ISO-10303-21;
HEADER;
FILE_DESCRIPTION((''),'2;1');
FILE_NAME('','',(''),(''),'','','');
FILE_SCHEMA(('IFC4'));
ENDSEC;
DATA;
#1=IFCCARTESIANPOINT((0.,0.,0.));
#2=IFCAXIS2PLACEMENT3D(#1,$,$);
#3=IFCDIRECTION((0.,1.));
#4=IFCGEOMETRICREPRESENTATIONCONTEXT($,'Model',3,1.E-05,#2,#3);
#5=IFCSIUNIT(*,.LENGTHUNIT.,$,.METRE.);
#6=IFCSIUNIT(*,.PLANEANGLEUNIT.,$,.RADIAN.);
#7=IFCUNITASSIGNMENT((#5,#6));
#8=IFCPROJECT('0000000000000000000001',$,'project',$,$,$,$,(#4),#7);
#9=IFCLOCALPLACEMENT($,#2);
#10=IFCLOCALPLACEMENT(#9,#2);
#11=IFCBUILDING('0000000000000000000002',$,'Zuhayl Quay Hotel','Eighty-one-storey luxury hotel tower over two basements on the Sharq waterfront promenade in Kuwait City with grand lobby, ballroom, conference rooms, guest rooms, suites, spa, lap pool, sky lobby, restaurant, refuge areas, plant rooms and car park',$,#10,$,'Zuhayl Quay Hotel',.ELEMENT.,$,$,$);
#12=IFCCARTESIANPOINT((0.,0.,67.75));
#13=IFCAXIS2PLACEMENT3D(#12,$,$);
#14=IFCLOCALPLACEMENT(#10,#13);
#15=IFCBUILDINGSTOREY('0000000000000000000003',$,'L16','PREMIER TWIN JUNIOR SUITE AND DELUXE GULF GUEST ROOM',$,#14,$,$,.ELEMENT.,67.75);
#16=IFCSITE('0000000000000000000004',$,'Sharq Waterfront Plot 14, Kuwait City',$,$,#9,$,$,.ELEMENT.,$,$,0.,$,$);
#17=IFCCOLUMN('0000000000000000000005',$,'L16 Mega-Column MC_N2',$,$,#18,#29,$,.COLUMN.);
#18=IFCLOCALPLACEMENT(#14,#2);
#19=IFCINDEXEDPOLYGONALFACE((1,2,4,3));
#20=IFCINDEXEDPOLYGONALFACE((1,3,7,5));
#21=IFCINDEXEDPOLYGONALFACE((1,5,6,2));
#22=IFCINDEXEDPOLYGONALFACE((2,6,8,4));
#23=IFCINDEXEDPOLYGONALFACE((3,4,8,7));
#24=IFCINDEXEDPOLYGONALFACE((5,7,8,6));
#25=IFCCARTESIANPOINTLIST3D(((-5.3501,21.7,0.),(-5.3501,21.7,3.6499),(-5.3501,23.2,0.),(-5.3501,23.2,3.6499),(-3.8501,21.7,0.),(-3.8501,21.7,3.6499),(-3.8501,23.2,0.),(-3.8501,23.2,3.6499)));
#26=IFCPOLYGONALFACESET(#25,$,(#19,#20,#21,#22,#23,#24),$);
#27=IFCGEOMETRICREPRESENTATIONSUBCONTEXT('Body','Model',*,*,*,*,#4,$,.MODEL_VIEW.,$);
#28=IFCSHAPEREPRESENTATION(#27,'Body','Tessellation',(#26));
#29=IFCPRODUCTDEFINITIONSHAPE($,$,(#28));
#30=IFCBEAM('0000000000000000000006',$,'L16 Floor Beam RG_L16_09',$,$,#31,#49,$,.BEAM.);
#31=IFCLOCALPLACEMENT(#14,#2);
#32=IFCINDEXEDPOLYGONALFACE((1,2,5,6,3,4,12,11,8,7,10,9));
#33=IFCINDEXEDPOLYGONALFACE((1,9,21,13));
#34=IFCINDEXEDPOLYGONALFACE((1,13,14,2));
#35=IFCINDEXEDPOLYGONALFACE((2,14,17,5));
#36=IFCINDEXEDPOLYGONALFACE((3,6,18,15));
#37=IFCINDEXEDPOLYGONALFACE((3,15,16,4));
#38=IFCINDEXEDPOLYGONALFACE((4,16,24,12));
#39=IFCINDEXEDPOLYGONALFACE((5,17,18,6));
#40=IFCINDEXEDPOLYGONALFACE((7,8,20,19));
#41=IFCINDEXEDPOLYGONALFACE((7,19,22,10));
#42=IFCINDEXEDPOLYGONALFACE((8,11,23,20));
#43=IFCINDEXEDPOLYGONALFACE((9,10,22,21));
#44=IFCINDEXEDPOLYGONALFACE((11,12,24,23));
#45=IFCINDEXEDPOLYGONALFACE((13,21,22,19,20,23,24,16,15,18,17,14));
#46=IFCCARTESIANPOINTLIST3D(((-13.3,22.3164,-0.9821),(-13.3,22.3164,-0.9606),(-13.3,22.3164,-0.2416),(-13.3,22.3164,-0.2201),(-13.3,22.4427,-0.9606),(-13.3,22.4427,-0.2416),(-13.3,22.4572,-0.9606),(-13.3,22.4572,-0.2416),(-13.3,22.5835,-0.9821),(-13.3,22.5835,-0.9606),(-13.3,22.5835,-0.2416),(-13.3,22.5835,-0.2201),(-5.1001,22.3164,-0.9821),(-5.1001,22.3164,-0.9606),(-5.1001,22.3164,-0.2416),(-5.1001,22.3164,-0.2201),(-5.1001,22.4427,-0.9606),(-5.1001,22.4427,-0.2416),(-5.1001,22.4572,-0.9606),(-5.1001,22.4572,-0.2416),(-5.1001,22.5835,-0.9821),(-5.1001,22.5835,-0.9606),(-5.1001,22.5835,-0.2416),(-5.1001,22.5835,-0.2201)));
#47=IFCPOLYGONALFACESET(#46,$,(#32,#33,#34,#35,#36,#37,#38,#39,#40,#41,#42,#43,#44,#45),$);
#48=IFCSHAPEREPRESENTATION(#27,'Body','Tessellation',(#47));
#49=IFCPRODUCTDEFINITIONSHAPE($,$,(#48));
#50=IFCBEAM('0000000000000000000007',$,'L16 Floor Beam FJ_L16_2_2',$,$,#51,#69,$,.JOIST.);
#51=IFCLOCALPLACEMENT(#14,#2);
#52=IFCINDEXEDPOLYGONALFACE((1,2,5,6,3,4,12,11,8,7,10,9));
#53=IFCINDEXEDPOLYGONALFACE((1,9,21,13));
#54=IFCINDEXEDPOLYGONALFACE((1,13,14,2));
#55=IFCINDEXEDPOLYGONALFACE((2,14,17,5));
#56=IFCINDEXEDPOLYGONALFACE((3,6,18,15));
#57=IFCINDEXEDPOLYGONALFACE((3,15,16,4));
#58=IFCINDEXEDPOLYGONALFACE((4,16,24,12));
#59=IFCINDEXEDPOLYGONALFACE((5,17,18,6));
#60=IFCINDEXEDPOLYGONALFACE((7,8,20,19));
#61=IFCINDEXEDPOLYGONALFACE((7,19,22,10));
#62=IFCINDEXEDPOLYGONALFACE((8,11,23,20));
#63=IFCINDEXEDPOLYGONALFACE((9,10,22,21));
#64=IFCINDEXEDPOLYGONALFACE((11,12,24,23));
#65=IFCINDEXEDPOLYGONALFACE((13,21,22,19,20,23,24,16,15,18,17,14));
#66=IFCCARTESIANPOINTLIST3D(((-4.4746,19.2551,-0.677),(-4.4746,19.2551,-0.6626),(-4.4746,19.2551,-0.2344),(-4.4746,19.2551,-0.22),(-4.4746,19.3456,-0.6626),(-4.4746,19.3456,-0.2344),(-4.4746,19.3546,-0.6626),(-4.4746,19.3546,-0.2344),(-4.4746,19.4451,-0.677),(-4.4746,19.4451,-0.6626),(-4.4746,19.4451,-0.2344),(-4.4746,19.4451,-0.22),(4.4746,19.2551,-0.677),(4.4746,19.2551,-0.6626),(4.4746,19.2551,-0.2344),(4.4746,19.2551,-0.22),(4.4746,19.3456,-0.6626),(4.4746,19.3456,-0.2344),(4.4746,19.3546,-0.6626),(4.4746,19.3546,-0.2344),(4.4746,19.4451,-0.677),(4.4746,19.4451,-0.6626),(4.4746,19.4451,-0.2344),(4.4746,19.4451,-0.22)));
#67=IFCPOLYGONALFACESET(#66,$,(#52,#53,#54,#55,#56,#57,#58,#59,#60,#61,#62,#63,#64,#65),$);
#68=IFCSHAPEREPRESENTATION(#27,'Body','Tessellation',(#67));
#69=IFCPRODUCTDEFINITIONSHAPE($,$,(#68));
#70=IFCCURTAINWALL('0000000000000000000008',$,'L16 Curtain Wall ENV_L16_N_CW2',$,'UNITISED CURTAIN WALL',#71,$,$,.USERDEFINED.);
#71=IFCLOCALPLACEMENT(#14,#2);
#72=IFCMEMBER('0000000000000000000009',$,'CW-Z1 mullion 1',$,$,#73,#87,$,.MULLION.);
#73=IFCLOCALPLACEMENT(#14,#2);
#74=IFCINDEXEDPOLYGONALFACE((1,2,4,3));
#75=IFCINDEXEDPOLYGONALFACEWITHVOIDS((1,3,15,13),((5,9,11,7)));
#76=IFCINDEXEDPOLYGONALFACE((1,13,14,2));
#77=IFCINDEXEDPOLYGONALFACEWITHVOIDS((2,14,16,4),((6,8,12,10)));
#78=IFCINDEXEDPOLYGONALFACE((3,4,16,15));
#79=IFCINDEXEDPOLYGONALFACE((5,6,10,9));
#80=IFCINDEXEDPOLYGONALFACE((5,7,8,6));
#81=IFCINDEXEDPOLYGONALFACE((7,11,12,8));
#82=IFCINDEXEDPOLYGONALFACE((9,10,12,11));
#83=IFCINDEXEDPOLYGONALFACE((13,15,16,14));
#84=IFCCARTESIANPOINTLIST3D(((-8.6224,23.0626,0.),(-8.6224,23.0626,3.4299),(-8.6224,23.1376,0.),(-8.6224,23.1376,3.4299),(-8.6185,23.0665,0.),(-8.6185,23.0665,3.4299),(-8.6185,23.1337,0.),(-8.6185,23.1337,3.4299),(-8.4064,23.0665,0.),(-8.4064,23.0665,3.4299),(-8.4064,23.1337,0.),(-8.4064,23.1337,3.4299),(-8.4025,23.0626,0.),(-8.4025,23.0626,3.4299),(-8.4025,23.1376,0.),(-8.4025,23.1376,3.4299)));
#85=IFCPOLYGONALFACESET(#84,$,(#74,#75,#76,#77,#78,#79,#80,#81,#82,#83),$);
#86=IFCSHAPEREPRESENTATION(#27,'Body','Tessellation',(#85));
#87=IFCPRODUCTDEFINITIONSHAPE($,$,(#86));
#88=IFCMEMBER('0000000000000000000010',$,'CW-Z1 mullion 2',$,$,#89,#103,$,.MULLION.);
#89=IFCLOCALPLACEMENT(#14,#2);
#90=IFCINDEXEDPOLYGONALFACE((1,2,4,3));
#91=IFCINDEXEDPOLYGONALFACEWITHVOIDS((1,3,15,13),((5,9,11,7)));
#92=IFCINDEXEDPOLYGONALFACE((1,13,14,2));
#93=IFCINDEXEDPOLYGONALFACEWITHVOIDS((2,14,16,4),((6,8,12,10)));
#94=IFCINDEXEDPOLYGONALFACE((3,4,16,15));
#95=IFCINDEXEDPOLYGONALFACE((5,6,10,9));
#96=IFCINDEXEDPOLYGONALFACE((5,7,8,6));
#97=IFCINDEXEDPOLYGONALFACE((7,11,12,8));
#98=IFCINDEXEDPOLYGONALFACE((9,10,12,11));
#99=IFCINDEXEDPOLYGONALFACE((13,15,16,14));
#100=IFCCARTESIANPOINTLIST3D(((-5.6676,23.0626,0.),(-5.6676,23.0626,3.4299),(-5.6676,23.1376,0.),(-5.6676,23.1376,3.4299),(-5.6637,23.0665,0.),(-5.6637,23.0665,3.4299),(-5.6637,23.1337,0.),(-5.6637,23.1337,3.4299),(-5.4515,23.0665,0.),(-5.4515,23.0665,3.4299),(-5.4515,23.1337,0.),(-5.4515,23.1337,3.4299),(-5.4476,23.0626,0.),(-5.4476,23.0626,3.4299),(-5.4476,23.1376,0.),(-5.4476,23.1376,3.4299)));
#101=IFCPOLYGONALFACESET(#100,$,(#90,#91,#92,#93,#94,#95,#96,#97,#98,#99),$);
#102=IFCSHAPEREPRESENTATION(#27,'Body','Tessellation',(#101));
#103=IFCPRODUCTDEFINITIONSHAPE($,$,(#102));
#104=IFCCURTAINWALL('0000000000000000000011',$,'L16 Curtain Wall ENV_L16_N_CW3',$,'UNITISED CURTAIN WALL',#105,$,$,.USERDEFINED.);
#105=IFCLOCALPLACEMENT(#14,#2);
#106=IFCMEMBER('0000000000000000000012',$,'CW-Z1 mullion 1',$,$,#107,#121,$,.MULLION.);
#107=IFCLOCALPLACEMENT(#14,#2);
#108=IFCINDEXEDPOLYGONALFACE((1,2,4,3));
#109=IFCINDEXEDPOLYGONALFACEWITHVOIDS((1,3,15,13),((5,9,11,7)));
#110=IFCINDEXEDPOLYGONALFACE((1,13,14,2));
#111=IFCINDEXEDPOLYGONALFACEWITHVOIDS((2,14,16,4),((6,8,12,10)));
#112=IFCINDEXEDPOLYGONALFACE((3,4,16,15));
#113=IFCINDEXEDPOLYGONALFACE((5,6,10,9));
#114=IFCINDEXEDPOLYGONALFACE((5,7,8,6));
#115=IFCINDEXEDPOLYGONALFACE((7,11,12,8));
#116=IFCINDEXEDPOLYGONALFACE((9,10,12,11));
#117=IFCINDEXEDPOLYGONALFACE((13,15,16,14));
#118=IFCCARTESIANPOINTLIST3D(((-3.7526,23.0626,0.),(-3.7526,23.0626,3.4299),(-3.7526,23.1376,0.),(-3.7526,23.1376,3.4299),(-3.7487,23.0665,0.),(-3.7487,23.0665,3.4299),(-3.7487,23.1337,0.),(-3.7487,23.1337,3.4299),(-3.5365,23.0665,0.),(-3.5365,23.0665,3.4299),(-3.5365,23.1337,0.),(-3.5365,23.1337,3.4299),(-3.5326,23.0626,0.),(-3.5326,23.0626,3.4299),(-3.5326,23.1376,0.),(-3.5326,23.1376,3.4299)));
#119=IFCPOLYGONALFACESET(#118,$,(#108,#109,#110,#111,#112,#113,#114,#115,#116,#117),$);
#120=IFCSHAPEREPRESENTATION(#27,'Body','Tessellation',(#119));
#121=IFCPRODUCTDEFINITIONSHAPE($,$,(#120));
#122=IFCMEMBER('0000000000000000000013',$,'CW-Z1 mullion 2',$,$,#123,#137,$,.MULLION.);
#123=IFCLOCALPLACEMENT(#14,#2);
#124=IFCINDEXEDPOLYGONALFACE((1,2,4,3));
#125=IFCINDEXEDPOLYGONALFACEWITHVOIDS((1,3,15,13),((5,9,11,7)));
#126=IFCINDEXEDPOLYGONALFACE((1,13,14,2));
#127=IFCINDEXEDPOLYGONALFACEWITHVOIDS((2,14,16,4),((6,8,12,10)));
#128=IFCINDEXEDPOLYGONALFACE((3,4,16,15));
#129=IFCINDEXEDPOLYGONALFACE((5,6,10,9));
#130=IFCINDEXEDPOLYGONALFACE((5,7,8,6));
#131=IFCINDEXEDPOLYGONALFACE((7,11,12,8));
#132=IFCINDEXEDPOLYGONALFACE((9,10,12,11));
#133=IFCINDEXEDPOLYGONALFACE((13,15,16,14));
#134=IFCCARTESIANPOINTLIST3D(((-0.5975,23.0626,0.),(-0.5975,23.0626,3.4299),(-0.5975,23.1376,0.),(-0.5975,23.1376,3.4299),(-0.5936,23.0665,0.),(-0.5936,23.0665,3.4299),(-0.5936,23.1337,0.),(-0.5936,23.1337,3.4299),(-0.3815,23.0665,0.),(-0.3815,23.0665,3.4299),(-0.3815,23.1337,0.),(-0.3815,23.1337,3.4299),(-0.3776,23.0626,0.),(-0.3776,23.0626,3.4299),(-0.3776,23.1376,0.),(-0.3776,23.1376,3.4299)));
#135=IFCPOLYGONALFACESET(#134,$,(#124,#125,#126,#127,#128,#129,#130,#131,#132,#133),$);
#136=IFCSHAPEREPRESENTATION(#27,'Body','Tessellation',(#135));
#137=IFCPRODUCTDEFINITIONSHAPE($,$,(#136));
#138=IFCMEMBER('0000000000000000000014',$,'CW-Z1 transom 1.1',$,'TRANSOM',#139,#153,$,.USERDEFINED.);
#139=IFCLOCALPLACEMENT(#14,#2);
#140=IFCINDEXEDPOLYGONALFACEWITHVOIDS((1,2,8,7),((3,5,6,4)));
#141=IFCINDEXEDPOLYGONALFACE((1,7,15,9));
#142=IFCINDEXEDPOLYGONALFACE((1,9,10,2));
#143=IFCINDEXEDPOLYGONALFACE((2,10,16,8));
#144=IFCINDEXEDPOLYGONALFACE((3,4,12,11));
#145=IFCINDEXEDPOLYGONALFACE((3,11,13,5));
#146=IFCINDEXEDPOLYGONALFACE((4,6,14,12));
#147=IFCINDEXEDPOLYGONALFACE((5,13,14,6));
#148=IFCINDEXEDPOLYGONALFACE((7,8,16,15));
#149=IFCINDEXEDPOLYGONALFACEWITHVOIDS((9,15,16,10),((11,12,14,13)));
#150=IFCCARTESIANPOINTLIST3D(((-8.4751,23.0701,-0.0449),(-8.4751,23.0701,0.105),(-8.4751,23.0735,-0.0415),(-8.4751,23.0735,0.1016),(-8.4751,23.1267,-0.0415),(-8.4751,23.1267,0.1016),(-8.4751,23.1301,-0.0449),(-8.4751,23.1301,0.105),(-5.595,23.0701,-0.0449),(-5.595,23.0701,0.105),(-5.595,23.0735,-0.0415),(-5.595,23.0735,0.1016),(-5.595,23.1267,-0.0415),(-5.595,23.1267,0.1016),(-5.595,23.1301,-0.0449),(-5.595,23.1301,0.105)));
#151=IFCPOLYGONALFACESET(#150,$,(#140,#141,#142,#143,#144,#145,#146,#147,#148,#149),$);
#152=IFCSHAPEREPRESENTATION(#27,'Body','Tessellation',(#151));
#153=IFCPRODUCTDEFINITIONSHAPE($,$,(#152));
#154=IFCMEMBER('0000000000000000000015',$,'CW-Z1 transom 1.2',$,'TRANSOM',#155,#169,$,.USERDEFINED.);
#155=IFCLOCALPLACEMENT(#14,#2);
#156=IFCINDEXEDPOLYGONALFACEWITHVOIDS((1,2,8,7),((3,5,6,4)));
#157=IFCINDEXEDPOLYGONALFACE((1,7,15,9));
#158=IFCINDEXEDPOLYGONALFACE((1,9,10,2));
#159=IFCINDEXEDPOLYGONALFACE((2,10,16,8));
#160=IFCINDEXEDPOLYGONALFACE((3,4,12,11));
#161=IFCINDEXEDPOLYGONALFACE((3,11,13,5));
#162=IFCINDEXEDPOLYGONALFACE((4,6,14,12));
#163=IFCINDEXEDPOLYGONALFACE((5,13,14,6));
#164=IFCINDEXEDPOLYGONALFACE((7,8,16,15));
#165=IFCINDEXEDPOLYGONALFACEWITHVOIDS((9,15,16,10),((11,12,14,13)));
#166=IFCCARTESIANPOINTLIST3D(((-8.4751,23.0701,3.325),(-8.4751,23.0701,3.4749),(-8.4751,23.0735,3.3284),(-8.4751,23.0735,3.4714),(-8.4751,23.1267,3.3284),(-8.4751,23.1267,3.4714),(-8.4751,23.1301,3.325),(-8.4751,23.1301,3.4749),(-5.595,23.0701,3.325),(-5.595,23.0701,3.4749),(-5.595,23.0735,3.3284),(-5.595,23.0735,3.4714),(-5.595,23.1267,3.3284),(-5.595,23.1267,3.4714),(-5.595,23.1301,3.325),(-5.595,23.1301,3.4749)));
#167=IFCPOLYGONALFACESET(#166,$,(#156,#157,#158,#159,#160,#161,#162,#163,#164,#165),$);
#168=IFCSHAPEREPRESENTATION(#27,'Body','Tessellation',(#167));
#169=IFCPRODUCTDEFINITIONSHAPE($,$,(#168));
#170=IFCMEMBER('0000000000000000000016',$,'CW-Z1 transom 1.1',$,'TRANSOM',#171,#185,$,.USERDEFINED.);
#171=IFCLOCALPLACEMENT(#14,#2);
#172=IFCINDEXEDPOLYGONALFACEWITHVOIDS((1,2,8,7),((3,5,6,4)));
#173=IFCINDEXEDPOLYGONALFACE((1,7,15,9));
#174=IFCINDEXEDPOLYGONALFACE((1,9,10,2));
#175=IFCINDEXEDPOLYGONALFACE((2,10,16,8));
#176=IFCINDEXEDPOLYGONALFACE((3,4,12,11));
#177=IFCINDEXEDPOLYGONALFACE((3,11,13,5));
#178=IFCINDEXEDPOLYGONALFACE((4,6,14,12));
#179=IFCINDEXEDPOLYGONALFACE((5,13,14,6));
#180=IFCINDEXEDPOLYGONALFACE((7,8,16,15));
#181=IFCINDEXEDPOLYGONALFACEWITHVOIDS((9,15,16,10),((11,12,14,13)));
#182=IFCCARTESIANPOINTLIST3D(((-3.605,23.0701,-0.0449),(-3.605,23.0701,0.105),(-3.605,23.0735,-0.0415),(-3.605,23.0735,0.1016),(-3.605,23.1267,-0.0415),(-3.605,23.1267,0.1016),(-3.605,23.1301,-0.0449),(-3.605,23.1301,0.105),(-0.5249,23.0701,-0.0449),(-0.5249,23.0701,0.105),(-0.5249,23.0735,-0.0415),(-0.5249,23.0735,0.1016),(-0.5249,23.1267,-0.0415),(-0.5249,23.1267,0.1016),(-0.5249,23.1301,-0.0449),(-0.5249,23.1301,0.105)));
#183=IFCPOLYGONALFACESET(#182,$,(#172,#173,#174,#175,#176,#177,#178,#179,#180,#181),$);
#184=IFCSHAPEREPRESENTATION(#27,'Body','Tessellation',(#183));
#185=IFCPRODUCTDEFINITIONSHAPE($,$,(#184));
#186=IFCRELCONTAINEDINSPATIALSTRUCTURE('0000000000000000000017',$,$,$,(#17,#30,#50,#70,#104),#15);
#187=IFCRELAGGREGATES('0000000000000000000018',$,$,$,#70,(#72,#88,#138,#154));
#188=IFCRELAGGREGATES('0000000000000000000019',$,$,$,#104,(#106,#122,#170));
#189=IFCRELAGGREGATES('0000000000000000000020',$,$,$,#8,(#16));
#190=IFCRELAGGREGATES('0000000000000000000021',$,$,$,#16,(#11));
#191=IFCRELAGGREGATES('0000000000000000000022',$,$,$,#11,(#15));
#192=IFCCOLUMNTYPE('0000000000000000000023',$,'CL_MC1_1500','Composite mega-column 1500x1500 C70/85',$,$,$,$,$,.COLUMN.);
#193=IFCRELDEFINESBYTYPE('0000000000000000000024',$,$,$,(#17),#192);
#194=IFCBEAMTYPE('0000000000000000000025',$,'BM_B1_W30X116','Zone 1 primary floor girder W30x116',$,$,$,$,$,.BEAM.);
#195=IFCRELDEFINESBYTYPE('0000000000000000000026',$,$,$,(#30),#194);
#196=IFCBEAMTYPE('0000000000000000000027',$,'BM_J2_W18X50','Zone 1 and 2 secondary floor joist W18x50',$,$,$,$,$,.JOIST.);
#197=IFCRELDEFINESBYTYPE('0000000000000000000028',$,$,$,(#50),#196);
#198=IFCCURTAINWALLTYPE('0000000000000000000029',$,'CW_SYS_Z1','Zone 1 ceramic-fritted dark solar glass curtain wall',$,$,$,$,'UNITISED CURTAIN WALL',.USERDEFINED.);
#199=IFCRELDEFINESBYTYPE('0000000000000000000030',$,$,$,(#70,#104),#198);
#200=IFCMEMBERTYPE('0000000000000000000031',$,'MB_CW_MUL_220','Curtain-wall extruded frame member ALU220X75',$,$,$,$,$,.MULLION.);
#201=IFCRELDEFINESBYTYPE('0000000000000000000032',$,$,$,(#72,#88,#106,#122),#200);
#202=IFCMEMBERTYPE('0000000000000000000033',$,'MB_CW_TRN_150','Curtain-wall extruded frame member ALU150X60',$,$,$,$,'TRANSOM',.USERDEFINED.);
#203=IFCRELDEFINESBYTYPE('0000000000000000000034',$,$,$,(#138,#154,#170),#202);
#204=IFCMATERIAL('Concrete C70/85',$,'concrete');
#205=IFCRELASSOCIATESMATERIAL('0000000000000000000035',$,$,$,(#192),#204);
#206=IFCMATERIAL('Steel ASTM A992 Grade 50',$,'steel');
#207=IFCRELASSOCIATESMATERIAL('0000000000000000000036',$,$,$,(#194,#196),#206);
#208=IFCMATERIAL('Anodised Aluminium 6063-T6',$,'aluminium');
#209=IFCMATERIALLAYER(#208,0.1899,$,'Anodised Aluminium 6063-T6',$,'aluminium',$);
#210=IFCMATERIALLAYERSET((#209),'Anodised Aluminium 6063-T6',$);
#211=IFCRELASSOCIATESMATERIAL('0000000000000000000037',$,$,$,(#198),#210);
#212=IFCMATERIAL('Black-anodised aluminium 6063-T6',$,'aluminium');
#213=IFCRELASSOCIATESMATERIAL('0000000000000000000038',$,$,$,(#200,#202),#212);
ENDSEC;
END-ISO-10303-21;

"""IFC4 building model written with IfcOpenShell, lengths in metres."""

from ifc_helpers import new_model, si_unit, direction, frame, origin, origin_2d, place, context, subcontext, project, spatial, rectangle, hollow_rectangle, i_section, extrude, material, layer, layer_set, material_profile, profile_set, type_object, element, aggregate, save


model = new_model("IFC4")

# Units and contexts
model_context = context("Model", 3, precision=1e-05, world=origin(), true_north=direction((0.0, 1.0)))
body_context = subcontext(model_context, "Body", "Model", "MODEL_VIEW")
ifc_project = project(units=[si_unit("LENGTHUNIT", "METRE"), si_unit("PLANEANGLEUNIT", "RADIAN")], contexts=[model_context])

# Site, building, storey
site_placement = place(None, origin())
site = spatial("IfcSite", under=ifc_project, at=site_placement, Name="Sharq Waterfront Plot 14, Kuwait City", CompositionType="ELEMENT", RefElevation=0.0)
building_placement = place(site_placement, origin())
building = spatial("IfcBuilding", under=site, at=building_placement, Name="Zuhayl Quay Hotel", Description="Eighty-one-storey luxury hotel tower over two basements on the Sharq waterfront promenade in Kuwait City with grand lobby, ballroom, conference rooms, guest rooms, suites, spa, lap pool, sky lobby, restaurant, refuge areas, plant rooms and car park", LongName="Zuhayl Quay Hotel", CompositionType="ELEMENT")
storey_placement = place(building_placement, frame((0.0, 0.0, 67.75)))
storey = spatial("IfcBuildingStorey", under=building, at=storey_placement, Name="L16", Description="PREMIER TWIN JUNIOR SUITE AND DELUXE GULF GUEST ROOM", CompositionType="ELEMENT", Elevation=67.75)

# Column
ifc_material_1 = material(Name="Concrete C70/85", Category="concrete")
ifc_material_profile_1 = material_profile(ifc_material_1, rectangle(XDim=1.5, YDim=1.5, at=origin_2d()), Name="RC1500X1500")
ifc_profile_set_1 = profile_set([ifc_material_profile_1], Name="Concrete C70/85")
column_type = type_object("IfcColumnType", Name="CL_MC1_1500", Description="Composite mega-column 1500x1500 C70/85", PredefinedType="COLUMN", material=ifc_profile_set_1)
column_placement = place(storey_placement, frame((-4.6001, 22.45, 0.0), z_axis=(0.0, 0.0, 1.0), x_axis=(1.0, 0.0, 0.0)))
element("IfcColumn", 1, at=column_placement, inside=storey, type_object=column_type, Name="L16 Mega-Column MC_N2", PredefinedType="COLUMN", context=body_context, shape_type="SweptSolid", body=[
    extrude(rectangle(XDim=1.5, YDim=1.5, at=origin_2d()), origin(), (0.0, 0.0, 1.0), 3.6499),
])

# Beams
ifc_material_2 = material(Name="Steel ASTM A992 Grade 50", Category="steel")
ifc_material_profile_2 = material_profile(ifc_material_2, i_section(OverallWidth=0.2671, OverallDepth=0.762, WebThickness=0.0144, FlangeThickness=0.0215, at=origin_2d()), Name="W30X116")
ifc_profile_set_2 = profile_set([ifc_material_profile_2], Name="Steel ASTM A992 Grade 50")
beam_type_1 = type_object("IfcBeamType", Name="BM_B1_W30X116", Description="Zone 1 primary floor girder W30x116", PredefinedType="BEAM", material=ifc_profile_set_2)
beam_1_placement = place(storey_placement, frame((-5.1001, 22.45, -0.6011), z_axis=(-1.0, 0.0, 0.0), x_axis=(0.0, -1.0, 0.0)))
element("IfcBeam", 2, at=beam_1_placement, inside=storey, type_object=beam_type_1, Name="L16 Floor Beam RG_L16_09", PredefinedType="BEAM", context=body_context, shape_type="SweptSolid", body=[
    extrude(i_section(OverallWidth=0.2671, OverallDepth=0.762, WebThickness=0.0144, FlangeThickness=0.0215, at=origin_2d()), origin(), (0.0, 0.0, 1.0), 8.2),
])
ifc_material_profile_3 = material_profile(ifc_material_2, i_section(OverallWidth=0.1899, OverallDepth=0.457, WebThickness=0.009, FlangeThickness=0.0144, at=origin_2d()), Name="W18X50")
ifc_profile_set_3 = profile_set([ifc_material_profile_3], Name="Steel ASTM A992 Grade 50")
beam_type_2 = type_object("IfcBeamType", Name="BM_J2_W18X50", Description="Zone 1 and 2 secondary floor joist W18x50", PredefinedType="JOIST", material=ifc_profile_set_3)
beam_2_placement = place(storey_placement, frame((-4.4746, 19.3501, -0.4485), z_axis=(1.0, 0.0, 0.0), x_axis=(0.0, 1.0, 0.0)))
element("IfcBeam", 3, at=beam_2_placement, inside=storey, type_object=beam_type_2, Name="L16 Floor Beam FJ_L16_2_2", PredefinedType="JOIST", context=body_context, shape_type="SweptSolid", body=[
    extrude(i_section(OverallWidth=0.1899, OverallDepth=0.457, WebThickness=0.009, FlangeThickness=0.0144, at=origin_2d()), origin(), (0.0, 0.0, 1.0), 8.9492),
])

# Curtain walls, members
ifc_material_3 = material(Name="Anodised Aluminium 6063-T6", Category="aluminium")
ifc_layer_1 = layer(ifc_material_3, 0.1899, Name="Anodised Aluminium 6063-T6", Category="aluminium")
ifc_layer_set_1 = layer_set([ifc_layer_1], Name="Anodised Aluminium 6063-T6")
curtain_wall_type = type_object("IfcCurtainWallType", Name="CW_SYS_Z1", Description="Zone 1 ceramic-fritted dark solar glass curtain wall", ElementType="UNITISED CURTAIN WALL", PredefinedType="USERDEFINED", material=ifc_layer_set_1)
curtain_wall_1_placement = place(storey_placement, origin())
curtain_wall_1 = element("IfcCurtainWall", 4, at=curtain_wall_1_placement, inside=storey, type_object=curtain_wall_type, Name="L16 Curtain Wall ENV_L16_N_CW2", ObjectType="UNITISED CURTAIN WALL", PredefinedType="USERDEFINED")
ifc_material_4 = material(Name="Black-anodised aluminium 6063-T6", Category="aluminium")
ifc_material_profile_4 = material_profile(ifc_material_4, hollow_rectangle(XDim=0.075, YDim=0.22, WallThickness=0.0039, at=origin_2d()), Name="ALU220X75")
ifc_profile_set_4 = profile_set([ifc_material_profile_4], Name="Black-anodised aluminium 6063-T6")
member_type_1 = type_object("IfcMemberType", Name="MB_CW_MUL_220", Description="Curtain-wall extruded frame member ALU220X75", PredefinedType="MULLION", material=ifc_profile_set_4)
member_1_placement = place(storey_placement, frame((-8.5125, 23.1001, 0.0), z_axis=(0.0, 0.0, 1.0), x_axis=(0.0, 1.0, 0.0)))
member_1 = element("IfcMember", 5, at=member_1_placement, type_object=member_type_1, Name="CW-Z1 mullion 1", PredefinedType="MULLION", context=body_context, shape_type="SweptSolid", body=[
    extrude(hollow_rectangle(XDim=0.075, YDim=0.22, WallThickness=0.0039, at=origin_2d()), origin(), (0.0, 0.0, 1.0), 3.4299),
])
member_2_placement = place(storey_placement, frame((-5.5576, 23.1001, 0.0), z_axis=(0.0, 0.0, 1.0), x_axis=(0.0, 1.0, 0.0)))
member_2 = element("IfcMember", 6, at=member_2_placement, type_object=member_type_1, Name="CW-Z1 mullion 2", PredefinedType="MULLION", context=body_context, shape_type="SweptSolid", body=[
    extrude(hollow_rectangle(XDim=0.075, YDim=0.22, WallThickness=0.0039, at=origin_2d()), origin(), (0.0, 0.0, 1.0), 3.4299),
])
curtain_wall_2_placement = place(storey_placement, origin())
curtain_wall_2 = element("IfcCurtainWall", 7, at=curtain_wall_2_placement, inside=storey, type_object=curtain_wall_type, Name="L16 Curtain Wall ENV_L16_N_CW3", ObjectType="UNITISED CURTAIN WALL", PredefinedType="USERDEFINED")
member_3_placement = place(storey_placement, frame((-3.6426, 23.1001, 0.0), z_axis=(0.0, 0.0, 1.0), x_axis=(0.0, 1.0, 0.0)))
member_3 = element("IfcMember", 8, at=member_3_placement, type_object=member_type_1, Name="CW-Z1 mullion 1", PredefinedType="MULLION", context=body_context, shape_type="SweptSolid", body=[
    extrude(hollow_rectangle(XDim=0.075, YDim=0.22, WallThickness=0.0039, at=origin_2d()), origin(), (0.0, 0.0, 1.0), 3.4299),
])
member_4_placement = place(storey_placement, frame((-0.4875, 23.1001, 0.0), z_axis=(0.0, 0.0, 1.0), x_axis=(0.0, 1.0, 0.0)))
member_4 = element("IfcMember", 9, at=member_4_placement, type_object=member_type_1, Name="CW-Z1 mullion 2", PredefinedType="MULLION", context=body_context, shape_type="SweptSolid", body=[
    extrude(hollow_rectangle(XDim=0.075, YDim=0.22, WallThickness=0.0039, at=origin_2d()), origin(), (0.0, 0.0, 1.0), 3.4299),
])

# Members
ifc_material_profile_5 = material_profile(ifc_material_4, hollow_rectangle(XDim=0.0601, YDim=0.1499, WallThickness=0.0034, at=origin_2d()), Name="ALU150X60")
ifc_profile_set_5 = profile_set([ifc_material_profile_5], Name="Black-anodised aluminium 6063-T6")
member_type_2 = type_object("IfcMemberType", Name="MB_CW_TRN_150", Description="Curtain-wall extruded frame member ALU150X60", ElementType="TRANSOM", PredefinedType="USERDEFINED", material=ifc_profile_set_5)
member_5_placement = place(storey_placement, frame((-8.4751, 23.1001, 0.03), z_axis=(1.0, 0.0, 0.0), x_axis=(0.0, 1.0, 0.0)))
member_5 = element("IfcMember", 10, at=member_5_placement, type_object=member_type_2, Name="CW-Z1 transom 1.1", ObjectType="TRANSOM", PredefinedType="USERDEFINED", context=body_context, shape_type="SweptSolid", body=[
    extrude(hollow_rectangle(XDim=0.0601, YDim=0.1499, WallThickness=0.0034, at=origin_2d()), origin(), (0.0, 0.0, 1.0), 2.8801),
])
member_6_placement = place(storey_placement, frame((-8.4751, 23.1001, 3.3999), z_axis=(1.0, 0.0, 0.0), x_axis=(0.0, 1.0, 0.0)))
member_6 = element("IfcMember", 11, at=member_6_placement, type_object=member_type_2, Name="CW-Z1 transom 1.2", ObjectType="TRANSOM", PredefinedType="USERDEFINED", context=body_context, shape_type="SweptSolid", body=[
    extrude(hollow_rectangle(XDim=0.0601, YDim=0.1499, WallThickness=0.0034, at=origin_2d()), origin(), (0.0, 0.0, 1.0), 2.8801),
])
member_7_placement = place(storey_placement, frame((-3.605, 23.1001, 0.03), z_axis=(1.0, 0.0, 0.0), x_axis=(0.0, 1.0, 0.0)))
member_7 = element("IfcMember", 12, at=member_7_placement, type_object=member_type_2, Name="CW-Z1 transom 1.1", ObjectType="TRANSOM", PredefinedType="USERDEFINED", context=body_context, shape_type="SweptSolid", body=[
    extrude(hollow_rectangle(XDim=0.0601, YDim=0.1499, WallThickness=0.0034, at=origin_2d()), origin(), (0.0, 0.0, 1.0), 3.0801),
])

aggregate(curtain_wall_1, [member_1, member_2, member_5, member_6])
aggregate(curtain_wall_2, [member_3, member_4, member_7])

save(model, "model.ifc")
